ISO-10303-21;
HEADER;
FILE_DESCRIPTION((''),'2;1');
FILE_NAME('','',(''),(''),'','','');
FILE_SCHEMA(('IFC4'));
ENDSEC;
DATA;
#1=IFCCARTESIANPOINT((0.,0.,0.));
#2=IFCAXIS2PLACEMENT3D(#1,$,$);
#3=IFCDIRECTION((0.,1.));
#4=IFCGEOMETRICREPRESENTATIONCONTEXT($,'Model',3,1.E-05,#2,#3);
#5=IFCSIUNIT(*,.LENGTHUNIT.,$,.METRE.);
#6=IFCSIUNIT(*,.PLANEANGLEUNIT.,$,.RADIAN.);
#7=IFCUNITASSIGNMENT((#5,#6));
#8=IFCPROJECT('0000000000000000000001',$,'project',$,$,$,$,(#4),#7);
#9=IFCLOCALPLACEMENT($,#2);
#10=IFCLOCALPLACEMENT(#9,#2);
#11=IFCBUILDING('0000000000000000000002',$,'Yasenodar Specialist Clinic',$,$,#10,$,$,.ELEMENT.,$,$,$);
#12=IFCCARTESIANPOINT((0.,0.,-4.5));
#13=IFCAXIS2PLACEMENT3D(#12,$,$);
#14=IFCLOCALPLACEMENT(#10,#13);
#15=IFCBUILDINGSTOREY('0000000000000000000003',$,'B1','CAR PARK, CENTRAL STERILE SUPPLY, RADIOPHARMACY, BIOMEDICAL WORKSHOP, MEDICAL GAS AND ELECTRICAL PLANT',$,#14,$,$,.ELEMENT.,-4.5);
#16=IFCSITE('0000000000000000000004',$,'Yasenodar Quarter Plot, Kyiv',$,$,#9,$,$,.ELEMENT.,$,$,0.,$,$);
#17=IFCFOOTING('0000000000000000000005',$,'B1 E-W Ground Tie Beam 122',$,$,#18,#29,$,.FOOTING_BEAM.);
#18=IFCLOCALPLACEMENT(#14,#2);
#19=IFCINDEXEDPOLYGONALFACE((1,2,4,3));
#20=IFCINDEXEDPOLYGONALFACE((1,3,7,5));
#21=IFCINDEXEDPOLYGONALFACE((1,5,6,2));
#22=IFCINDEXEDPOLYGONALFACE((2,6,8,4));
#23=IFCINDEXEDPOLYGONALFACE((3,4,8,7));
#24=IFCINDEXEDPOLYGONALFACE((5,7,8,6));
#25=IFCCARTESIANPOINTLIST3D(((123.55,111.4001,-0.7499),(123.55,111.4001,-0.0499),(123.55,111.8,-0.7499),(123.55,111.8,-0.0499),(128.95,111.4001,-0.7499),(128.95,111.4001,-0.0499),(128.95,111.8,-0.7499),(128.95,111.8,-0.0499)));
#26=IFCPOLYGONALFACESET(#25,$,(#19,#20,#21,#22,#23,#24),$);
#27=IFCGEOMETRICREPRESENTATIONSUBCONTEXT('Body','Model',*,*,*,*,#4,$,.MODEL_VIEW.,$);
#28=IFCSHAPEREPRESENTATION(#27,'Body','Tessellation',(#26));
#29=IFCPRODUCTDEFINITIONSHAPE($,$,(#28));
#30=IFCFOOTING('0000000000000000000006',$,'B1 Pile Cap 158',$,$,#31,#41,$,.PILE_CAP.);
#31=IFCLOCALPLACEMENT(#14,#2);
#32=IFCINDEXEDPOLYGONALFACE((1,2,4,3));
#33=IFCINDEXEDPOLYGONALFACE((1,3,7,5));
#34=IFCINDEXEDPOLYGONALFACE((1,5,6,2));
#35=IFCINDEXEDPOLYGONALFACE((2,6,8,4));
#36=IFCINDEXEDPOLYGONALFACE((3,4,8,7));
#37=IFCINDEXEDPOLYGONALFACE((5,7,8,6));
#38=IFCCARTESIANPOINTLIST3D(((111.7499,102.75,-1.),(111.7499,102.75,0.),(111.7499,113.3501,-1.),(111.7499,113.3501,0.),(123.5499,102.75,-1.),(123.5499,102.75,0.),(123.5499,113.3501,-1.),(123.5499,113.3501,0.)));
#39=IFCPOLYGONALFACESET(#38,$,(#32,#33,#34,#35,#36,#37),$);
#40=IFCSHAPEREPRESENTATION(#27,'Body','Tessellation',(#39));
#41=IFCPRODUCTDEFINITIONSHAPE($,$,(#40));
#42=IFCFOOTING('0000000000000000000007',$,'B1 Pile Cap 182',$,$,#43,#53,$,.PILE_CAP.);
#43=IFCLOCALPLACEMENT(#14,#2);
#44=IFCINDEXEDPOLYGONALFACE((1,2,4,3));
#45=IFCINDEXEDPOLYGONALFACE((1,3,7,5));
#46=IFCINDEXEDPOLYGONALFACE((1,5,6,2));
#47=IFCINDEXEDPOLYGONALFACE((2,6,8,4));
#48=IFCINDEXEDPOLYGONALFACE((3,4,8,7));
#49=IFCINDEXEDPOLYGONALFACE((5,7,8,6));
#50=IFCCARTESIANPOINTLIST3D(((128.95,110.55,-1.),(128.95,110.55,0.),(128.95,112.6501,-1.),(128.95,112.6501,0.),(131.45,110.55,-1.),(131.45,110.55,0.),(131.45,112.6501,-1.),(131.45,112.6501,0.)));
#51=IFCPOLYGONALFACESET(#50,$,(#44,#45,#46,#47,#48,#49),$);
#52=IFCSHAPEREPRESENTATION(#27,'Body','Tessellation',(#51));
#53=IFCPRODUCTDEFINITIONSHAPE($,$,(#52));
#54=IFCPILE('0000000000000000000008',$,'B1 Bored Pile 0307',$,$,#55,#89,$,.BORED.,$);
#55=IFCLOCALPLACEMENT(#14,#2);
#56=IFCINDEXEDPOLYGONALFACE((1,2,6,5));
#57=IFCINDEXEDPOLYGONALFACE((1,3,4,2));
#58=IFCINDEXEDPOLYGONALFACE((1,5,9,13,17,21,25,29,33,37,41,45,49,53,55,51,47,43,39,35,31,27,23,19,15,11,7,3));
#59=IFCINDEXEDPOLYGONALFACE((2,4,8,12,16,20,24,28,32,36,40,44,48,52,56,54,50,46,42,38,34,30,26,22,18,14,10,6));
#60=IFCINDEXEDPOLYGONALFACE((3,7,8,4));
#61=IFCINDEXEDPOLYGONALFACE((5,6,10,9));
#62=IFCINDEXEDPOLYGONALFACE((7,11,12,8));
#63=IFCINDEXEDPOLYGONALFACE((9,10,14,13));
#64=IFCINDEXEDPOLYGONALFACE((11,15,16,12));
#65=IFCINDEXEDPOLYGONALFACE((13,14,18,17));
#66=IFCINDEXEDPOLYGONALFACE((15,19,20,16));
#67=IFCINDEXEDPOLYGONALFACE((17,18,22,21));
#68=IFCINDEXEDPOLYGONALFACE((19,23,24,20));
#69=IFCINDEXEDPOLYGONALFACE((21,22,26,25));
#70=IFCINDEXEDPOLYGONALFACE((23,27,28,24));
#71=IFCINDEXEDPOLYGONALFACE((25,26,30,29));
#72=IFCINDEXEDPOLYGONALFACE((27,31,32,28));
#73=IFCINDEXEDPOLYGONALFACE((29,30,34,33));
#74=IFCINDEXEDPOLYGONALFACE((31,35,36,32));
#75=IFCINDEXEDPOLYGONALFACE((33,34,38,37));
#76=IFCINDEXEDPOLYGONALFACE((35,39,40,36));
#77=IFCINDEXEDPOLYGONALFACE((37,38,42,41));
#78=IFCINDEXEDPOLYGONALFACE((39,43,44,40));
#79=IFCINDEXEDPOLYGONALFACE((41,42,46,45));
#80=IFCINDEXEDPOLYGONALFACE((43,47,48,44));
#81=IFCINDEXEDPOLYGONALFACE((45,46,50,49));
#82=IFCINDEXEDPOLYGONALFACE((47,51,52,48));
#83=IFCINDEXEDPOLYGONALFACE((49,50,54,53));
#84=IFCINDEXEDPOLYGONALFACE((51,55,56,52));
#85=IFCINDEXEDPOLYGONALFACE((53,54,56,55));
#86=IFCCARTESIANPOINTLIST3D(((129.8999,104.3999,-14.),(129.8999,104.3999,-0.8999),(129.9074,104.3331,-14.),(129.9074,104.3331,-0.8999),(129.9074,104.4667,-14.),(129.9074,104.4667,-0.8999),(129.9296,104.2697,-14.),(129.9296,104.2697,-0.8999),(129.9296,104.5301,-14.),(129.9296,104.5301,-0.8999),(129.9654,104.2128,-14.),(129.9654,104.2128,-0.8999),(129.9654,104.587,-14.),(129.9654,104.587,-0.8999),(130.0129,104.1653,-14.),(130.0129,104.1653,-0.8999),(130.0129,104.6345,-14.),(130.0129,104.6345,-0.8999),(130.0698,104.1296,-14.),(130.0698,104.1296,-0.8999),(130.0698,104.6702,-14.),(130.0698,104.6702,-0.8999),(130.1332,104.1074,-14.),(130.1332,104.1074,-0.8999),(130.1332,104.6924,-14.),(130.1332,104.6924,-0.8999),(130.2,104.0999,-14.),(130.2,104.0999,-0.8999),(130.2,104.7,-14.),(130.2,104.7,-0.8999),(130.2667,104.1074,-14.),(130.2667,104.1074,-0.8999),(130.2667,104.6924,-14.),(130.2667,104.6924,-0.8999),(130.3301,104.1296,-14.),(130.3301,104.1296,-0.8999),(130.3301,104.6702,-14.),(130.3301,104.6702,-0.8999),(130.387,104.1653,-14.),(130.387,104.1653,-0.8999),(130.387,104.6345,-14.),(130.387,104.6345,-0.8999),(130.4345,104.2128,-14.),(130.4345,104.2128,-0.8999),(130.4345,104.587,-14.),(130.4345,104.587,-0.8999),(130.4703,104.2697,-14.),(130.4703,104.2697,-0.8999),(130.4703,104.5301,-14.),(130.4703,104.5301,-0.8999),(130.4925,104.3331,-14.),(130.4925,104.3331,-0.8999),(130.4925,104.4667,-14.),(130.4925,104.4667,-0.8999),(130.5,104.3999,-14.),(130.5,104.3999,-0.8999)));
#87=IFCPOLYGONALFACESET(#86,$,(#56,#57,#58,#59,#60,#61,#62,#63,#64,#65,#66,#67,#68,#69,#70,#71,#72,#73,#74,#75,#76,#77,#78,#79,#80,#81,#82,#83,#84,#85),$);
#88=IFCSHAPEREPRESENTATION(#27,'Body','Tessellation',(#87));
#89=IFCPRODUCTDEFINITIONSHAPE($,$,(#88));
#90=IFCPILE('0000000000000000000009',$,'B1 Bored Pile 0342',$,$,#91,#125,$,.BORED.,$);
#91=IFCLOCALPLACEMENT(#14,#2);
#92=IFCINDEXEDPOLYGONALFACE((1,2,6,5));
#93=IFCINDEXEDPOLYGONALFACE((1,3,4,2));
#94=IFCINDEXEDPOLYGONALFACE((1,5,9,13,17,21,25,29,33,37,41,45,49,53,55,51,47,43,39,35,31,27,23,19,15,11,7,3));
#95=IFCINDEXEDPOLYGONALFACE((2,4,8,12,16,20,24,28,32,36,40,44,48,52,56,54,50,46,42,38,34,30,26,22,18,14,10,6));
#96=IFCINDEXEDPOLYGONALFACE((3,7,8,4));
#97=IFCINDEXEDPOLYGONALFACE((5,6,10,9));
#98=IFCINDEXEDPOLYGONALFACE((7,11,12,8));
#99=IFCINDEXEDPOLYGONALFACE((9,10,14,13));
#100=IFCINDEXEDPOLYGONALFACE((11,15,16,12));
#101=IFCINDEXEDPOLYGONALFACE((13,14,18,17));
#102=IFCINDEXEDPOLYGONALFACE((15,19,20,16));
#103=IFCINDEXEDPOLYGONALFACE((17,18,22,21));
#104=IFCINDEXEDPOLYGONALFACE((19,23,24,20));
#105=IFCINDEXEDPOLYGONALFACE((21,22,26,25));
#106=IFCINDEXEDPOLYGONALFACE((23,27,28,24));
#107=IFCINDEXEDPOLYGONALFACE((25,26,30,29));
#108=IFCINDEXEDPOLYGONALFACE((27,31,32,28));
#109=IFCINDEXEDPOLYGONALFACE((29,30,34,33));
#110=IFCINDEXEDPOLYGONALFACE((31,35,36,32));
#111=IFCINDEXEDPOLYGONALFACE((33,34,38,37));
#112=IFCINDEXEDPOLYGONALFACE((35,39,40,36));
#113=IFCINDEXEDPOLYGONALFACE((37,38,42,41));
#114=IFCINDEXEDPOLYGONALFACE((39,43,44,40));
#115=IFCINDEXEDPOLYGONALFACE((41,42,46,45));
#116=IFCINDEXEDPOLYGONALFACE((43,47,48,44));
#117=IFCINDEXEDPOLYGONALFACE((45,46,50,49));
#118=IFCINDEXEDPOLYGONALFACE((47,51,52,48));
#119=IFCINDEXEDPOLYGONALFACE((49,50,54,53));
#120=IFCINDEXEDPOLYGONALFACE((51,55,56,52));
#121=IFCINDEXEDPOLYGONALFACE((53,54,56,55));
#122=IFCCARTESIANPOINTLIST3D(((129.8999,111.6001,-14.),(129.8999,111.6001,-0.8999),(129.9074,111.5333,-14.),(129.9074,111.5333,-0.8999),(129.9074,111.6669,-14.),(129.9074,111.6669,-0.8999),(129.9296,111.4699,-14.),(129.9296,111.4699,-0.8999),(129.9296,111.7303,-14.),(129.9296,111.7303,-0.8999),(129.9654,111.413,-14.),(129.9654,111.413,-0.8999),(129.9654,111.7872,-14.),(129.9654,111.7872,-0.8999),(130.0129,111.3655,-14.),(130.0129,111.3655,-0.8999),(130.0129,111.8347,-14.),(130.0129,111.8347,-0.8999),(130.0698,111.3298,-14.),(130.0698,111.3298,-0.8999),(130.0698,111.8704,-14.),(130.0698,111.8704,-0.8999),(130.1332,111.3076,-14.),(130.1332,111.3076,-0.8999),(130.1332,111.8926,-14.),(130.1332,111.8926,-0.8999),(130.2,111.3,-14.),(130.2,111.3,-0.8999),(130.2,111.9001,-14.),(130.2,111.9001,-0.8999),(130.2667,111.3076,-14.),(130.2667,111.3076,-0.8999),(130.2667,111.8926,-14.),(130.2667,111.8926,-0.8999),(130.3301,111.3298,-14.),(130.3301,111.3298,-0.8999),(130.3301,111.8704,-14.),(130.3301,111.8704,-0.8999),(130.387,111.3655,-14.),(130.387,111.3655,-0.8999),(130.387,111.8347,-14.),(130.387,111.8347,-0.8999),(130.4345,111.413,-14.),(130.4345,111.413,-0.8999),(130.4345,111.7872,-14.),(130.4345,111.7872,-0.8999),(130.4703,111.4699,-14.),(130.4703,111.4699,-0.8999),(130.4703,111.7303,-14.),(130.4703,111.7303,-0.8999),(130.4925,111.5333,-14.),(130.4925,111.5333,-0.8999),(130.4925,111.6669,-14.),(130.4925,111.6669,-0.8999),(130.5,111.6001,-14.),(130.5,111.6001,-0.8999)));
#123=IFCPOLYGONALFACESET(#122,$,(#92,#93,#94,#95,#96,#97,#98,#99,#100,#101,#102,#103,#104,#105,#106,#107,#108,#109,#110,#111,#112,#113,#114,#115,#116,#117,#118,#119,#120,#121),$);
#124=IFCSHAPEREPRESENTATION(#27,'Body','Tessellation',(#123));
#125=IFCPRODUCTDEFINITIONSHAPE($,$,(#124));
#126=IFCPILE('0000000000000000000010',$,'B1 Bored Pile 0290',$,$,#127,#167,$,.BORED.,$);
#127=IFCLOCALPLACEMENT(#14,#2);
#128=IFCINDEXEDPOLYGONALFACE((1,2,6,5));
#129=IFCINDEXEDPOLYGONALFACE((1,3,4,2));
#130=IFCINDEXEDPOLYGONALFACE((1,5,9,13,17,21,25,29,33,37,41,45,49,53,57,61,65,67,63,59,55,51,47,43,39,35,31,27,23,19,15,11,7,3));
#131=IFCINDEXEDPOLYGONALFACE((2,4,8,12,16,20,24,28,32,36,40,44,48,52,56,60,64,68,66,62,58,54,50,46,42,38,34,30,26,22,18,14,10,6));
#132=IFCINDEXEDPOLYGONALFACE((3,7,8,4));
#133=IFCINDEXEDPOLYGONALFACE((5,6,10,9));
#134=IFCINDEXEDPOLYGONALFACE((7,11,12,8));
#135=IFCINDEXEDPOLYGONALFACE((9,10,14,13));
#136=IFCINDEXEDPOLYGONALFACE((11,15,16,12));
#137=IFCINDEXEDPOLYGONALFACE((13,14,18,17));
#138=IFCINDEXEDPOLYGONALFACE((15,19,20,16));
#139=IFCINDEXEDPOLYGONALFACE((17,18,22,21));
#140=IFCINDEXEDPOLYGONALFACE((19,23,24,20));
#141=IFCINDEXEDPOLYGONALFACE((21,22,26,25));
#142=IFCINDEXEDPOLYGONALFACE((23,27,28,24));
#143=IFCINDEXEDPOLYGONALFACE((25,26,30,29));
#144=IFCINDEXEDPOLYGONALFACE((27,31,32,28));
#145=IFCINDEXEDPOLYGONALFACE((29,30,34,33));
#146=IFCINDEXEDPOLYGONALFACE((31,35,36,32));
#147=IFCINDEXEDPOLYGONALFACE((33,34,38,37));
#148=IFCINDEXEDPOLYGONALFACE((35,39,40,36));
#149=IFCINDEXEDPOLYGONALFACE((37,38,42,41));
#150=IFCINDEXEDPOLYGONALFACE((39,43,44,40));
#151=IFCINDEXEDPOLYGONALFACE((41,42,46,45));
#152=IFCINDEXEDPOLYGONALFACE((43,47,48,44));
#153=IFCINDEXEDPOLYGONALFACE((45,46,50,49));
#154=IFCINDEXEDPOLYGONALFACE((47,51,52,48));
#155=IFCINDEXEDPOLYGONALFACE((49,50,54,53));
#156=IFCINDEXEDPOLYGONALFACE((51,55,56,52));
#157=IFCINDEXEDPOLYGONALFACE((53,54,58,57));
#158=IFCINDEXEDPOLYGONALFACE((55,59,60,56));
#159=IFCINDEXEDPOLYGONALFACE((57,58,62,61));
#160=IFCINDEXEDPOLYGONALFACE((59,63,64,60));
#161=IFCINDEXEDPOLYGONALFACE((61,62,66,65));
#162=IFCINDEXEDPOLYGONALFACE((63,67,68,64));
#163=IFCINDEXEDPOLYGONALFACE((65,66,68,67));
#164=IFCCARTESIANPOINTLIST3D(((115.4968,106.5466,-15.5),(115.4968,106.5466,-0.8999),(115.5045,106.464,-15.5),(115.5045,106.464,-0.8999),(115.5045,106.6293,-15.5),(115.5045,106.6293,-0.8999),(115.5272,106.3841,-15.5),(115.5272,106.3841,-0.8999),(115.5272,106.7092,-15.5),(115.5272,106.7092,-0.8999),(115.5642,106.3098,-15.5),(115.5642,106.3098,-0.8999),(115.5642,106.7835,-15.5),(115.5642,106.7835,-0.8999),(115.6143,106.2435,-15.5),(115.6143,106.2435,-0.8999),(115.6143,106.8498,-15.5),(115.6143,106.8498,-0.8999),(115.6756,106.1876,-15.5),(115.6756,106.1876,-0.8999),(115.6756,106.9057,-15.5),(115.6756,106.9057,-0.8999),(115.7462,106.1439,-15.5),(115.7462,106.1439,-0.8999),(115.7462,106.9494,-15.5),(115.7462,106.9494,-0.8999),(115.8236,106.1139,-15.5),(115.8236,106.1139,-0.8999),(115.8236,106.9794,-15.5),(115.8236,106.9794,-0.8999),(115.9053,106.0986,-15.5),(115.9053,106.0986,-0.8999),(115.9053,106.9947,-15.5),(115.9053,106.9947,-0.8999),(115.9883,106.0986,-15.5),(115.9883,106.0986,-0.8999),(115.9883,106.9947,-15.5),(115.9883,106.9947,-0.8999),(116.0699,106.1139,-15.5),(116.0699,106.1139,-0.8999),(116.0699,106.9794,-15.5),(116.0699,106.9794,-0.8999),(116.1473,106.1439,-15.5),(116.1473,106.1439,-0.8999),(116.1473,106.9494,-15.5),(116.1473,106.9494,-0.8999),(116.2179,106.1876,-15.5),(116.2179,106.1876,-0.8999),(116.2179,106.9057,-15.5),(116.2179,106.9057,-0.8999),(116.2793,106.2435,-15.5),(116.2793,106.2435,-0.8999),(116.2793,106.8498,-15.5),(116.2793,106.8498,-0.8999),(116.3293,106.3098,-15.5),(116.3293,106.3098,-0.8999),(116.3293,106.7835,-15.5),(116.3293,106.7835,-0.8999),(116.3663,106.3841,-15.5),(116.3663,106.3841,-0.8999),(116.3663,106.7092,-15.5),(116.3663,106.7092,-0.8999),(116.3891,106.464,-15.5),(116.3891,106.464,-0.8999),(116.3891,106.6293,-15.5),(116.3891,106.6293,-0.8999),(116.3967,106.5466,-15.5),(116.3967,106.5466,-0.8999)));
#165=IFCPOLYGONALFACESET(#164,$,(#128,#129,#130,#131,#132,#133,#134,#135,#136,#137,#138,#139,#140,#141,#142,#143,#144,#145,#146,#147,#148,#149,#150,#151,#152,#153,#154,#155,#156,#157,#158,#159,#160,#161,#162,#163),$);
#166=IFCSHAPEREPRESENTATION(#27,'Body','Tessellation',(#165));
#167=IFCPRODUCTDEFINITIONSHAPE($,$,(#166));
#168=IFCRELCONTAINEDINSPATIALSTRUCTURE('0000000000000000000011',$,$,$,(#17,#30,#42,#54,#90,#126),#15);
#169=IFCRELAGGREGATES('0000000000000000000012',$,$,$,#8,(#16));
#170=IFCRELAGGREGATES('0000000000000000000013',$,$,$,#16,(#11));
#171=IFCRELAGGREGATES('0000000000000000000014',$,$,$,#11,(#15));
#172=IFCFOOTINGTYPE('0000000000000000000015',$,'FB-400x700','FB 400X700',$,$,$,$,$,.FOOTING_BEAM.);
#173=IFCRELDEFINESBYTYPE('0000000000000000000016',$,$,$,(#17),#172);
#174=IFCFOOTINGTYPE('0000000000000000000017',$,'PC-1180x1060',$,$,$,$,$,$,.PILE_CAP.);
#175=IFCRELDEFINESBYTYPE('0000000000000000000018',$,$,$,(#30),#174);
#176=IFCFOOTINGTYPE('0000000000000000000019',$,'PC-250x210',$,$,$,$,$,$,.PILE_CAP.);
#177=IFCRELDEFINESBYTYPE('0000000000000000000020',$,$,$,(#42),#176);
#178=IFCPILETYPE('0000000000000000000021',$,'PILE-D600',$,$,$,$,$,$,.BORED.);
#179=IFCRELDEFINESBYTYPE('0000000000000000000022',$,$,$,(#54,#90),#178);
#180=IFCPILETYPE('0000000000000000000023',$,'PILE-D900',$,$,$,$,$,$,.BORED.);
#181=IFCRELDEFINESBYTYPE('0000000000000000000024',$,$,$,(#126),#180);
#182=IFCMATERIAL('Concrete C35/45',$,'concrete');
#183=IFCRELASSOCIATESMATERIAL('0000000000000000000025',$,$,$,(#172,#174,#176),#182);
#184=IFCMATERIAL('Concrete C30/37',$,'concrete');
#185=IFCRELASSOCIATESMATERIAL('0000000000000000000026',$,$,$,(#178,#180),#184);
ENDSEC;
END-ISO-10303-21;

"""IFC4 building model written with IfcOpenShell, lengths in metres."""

from ifc_helpers import new_model, si_unit, direction, frame, origin, origin_2d, place, context, subcontext, project, spatial, rectangle, circle, extrude, material, material_profile, profile_set, type_object, element, save


model = new_model("IFC4")

# Units and contexts
model_context = context("Model", 3, precision=1e-05, world=origin(), true_north=direction((0.0, 1.0)))
body_context = subcontext(model_context, "Body", "Model", "MODEL_VIEW")
ifc_project = project(units=[si_unit("LENGTHUNIT", "METRE"), si_unit("PLANEANGLEUNIT", "RADIAN")], contexts=[model_context])

# Site, building, storey
site_placement = place(None, origin())
site = spatial("IfcSite", under=ifc_project, at=site_placement, Name="Yasenodar Quarter Plot, Kyiv", CompositionType="ELEMENT", RefElevation=0.0)
building_placement = place(site_placement, origin())
building = spatial("IfcBuilding", under=site, at=building_placement, Name="Yasenodar Specialist Clinic", CompositionType="ELEMENT")
storey_placement = place(building_placement, frame((0.0, 0.0, -4.5)))
storey = spatial("IfcBuildingStorey", under=building, at=storey_placement, Name="B1", Description="CAR PARK, CENTRAL STERILE SUPPLY, RADIOPHARMACY, BIOMEDICAL WORKSHOP, MEDICAL GAS AND ELECTRICAL PLANT", CompositionType="ELEMENT", Elevation=-4.5)

# Footings
ifc_material_1 = material(Name="Concrete C35/45", Category="concrete")
ifc_material_profile_1 = material_profile(ifc_material_1, rectangle(XDim=0.3999, YDim=0.7, at=origin_2d()), Name="RC 400x700")
ifc_profile_set_1 = profile_set([ifc_material_profile_1], Name="Concrete C35/45")
footing_type_1 = type_object("IfcFootingType", Name="FB-400x700", Description="FB 400X700", PredefinedType="FOOTING_BEAM", material=ifc_profile_set_1)
footing_1_placement = place(storey_placement, frame((123.55, 111.6001, -0.3999), z_axis=(1.0, 0.0, 0.0), x_axis=(0.0, 1.0, 0.0)))
element("IfcFooting", 1, at=footing_1_placement, inside=storey, type_object=footing_type_1, Name="B1 E-W Ground Tie Beam 122", PredefinedType="FOOTING_BEAM", context=body_context, shape_type="SweptSolid", body=[
    extrude(rectangle(XDim=0.3999, YDim=0.7, at=origin_2d()), origin(), (0.0, 0.0, 1.0), 5.3999),
])
footing_type_2 = type_object("IfcFootingType", Name="PC-1180x1060", PredefinedType="PILE_CAP", material=ifc_material_1)
footing_2_placement = place(storey_placement, frame((117.6499, 108.05, -1.0), z_axis=(0.0, 0.0, 1.0), x_axis=(1.0, 0.0, 0.0)))
element("IfcFooting", 2, at=footing_2_placement, inside=storey, type_object=footing_type_2, Name="B1 Pile Cap 158", PredefinedType="PILE_CAP", context=body_context, shape_type="SweptSolid", body=[
    extrude(rectangle(XDim=11.8, YDim=10.6001, at=origin_2d()), origin(), (0.0, 0.0, 1.0), 1.0),
])
footing_type_3 = type_object("IfcFootingType", Name="PC-250x210", PredefinedType="PILE_CAP", material=ifc_material_1)
footing_3_placement = place(storey_placement, frame((130.2, 111.6001, -1.0), z_axis=(0.0, 0.0, 1.0), x_axis=(1.0, 0.0, 0.0)))
element("IfcFooting", 3, at=footing_3_placement, inside=storey, type_object=footing_type_3, Name="B1 Pile Cap 182", PredefinedType="PILE_CAP", context=body_context, shape_type="SweptSolid", body=[
    extrude(rectangle(XDim=2.5, YDim=2.1001, at=origin_2d()), origin(), (0.0, 0.0, 1.0), 1.0),
])

# Piles
ifc_material_2 = material(Name="Concrete C30/37", Category="concrete")
ifc_material_profile_2 = material_profile(ifc_material_2, circle(Radius=0.3, at=origin_2d()), Name="PILE D600")
ifc_profile_set_2 = profile_set([ifc_material_profile_2], Name="Concrete C30/37")
pile_type_1 = type_object("IfcPileType", Name="PILE-D600", PredefinedType="BORED", material=ifc_profile_set_2)
for number, where, z_axis, x_axis, name in (
    (4, (130.2, 104.3999, -0.8999), (0.0, 0.0, -1.0), (1.0, 0.0, 0.0), "B1 Bored Pile 0307"),
    (5, (130.2, 111.6001, -0.8999), (0.0, 0.0, -1.0), (1.0, 0.0, 0.0), "B1 Bored Pile 0342"),
):
    element("IfcPile", number, at=place(storey_placement, frame(where, z_axis=z_axis, x_axis=x_axis)), inside=storey, type_object=pile_type_1, Name=name, PredefinedType="BORED", context=body_context, shape_type="SweptSolid", body=[
        extrude(circle(Radius=0.3, at=origin_2d()), origin(), (0.0, 0.0, 1.0), 13.1001),
    ])
ifc_material_profile_3 = material_profile(ifc_material_2, circle(Radius=0.45, at=origin_2d()), Name="PILE D900")
ifc_profile_set_3 = profile_set([ifc_material_profile_3], Name="Concrete C30/37")
pile_type_2 = type_object("IfcPileType", Name="PILE-D900", PredefinedType="BORED", material=ifc_profile_set_3)
for number, where, z_axis, x_axis, name in (
    (6, (115.9468, 106.5466, -0.8999), (0.0, 0.0, -1.0), (1.0, 0.0, 0.0), "B1 Bored Pile 0290"),
):
    element("IfcPile", number, at=place(storey_placement, frame(where, z_axis=z_axis, x_axis=x_axis)), inside=storey, type_object=pile_type_2, Name=name, PredefinedType="BORED", context=body_context, shape_type="SweptSolid", body=[
        extrude(circle(Radius=0.45, at=origin_2d()), origin(), (0.0, 0.0, 1.0), 14.6001),
    ])

save(model, "model.ifc")
